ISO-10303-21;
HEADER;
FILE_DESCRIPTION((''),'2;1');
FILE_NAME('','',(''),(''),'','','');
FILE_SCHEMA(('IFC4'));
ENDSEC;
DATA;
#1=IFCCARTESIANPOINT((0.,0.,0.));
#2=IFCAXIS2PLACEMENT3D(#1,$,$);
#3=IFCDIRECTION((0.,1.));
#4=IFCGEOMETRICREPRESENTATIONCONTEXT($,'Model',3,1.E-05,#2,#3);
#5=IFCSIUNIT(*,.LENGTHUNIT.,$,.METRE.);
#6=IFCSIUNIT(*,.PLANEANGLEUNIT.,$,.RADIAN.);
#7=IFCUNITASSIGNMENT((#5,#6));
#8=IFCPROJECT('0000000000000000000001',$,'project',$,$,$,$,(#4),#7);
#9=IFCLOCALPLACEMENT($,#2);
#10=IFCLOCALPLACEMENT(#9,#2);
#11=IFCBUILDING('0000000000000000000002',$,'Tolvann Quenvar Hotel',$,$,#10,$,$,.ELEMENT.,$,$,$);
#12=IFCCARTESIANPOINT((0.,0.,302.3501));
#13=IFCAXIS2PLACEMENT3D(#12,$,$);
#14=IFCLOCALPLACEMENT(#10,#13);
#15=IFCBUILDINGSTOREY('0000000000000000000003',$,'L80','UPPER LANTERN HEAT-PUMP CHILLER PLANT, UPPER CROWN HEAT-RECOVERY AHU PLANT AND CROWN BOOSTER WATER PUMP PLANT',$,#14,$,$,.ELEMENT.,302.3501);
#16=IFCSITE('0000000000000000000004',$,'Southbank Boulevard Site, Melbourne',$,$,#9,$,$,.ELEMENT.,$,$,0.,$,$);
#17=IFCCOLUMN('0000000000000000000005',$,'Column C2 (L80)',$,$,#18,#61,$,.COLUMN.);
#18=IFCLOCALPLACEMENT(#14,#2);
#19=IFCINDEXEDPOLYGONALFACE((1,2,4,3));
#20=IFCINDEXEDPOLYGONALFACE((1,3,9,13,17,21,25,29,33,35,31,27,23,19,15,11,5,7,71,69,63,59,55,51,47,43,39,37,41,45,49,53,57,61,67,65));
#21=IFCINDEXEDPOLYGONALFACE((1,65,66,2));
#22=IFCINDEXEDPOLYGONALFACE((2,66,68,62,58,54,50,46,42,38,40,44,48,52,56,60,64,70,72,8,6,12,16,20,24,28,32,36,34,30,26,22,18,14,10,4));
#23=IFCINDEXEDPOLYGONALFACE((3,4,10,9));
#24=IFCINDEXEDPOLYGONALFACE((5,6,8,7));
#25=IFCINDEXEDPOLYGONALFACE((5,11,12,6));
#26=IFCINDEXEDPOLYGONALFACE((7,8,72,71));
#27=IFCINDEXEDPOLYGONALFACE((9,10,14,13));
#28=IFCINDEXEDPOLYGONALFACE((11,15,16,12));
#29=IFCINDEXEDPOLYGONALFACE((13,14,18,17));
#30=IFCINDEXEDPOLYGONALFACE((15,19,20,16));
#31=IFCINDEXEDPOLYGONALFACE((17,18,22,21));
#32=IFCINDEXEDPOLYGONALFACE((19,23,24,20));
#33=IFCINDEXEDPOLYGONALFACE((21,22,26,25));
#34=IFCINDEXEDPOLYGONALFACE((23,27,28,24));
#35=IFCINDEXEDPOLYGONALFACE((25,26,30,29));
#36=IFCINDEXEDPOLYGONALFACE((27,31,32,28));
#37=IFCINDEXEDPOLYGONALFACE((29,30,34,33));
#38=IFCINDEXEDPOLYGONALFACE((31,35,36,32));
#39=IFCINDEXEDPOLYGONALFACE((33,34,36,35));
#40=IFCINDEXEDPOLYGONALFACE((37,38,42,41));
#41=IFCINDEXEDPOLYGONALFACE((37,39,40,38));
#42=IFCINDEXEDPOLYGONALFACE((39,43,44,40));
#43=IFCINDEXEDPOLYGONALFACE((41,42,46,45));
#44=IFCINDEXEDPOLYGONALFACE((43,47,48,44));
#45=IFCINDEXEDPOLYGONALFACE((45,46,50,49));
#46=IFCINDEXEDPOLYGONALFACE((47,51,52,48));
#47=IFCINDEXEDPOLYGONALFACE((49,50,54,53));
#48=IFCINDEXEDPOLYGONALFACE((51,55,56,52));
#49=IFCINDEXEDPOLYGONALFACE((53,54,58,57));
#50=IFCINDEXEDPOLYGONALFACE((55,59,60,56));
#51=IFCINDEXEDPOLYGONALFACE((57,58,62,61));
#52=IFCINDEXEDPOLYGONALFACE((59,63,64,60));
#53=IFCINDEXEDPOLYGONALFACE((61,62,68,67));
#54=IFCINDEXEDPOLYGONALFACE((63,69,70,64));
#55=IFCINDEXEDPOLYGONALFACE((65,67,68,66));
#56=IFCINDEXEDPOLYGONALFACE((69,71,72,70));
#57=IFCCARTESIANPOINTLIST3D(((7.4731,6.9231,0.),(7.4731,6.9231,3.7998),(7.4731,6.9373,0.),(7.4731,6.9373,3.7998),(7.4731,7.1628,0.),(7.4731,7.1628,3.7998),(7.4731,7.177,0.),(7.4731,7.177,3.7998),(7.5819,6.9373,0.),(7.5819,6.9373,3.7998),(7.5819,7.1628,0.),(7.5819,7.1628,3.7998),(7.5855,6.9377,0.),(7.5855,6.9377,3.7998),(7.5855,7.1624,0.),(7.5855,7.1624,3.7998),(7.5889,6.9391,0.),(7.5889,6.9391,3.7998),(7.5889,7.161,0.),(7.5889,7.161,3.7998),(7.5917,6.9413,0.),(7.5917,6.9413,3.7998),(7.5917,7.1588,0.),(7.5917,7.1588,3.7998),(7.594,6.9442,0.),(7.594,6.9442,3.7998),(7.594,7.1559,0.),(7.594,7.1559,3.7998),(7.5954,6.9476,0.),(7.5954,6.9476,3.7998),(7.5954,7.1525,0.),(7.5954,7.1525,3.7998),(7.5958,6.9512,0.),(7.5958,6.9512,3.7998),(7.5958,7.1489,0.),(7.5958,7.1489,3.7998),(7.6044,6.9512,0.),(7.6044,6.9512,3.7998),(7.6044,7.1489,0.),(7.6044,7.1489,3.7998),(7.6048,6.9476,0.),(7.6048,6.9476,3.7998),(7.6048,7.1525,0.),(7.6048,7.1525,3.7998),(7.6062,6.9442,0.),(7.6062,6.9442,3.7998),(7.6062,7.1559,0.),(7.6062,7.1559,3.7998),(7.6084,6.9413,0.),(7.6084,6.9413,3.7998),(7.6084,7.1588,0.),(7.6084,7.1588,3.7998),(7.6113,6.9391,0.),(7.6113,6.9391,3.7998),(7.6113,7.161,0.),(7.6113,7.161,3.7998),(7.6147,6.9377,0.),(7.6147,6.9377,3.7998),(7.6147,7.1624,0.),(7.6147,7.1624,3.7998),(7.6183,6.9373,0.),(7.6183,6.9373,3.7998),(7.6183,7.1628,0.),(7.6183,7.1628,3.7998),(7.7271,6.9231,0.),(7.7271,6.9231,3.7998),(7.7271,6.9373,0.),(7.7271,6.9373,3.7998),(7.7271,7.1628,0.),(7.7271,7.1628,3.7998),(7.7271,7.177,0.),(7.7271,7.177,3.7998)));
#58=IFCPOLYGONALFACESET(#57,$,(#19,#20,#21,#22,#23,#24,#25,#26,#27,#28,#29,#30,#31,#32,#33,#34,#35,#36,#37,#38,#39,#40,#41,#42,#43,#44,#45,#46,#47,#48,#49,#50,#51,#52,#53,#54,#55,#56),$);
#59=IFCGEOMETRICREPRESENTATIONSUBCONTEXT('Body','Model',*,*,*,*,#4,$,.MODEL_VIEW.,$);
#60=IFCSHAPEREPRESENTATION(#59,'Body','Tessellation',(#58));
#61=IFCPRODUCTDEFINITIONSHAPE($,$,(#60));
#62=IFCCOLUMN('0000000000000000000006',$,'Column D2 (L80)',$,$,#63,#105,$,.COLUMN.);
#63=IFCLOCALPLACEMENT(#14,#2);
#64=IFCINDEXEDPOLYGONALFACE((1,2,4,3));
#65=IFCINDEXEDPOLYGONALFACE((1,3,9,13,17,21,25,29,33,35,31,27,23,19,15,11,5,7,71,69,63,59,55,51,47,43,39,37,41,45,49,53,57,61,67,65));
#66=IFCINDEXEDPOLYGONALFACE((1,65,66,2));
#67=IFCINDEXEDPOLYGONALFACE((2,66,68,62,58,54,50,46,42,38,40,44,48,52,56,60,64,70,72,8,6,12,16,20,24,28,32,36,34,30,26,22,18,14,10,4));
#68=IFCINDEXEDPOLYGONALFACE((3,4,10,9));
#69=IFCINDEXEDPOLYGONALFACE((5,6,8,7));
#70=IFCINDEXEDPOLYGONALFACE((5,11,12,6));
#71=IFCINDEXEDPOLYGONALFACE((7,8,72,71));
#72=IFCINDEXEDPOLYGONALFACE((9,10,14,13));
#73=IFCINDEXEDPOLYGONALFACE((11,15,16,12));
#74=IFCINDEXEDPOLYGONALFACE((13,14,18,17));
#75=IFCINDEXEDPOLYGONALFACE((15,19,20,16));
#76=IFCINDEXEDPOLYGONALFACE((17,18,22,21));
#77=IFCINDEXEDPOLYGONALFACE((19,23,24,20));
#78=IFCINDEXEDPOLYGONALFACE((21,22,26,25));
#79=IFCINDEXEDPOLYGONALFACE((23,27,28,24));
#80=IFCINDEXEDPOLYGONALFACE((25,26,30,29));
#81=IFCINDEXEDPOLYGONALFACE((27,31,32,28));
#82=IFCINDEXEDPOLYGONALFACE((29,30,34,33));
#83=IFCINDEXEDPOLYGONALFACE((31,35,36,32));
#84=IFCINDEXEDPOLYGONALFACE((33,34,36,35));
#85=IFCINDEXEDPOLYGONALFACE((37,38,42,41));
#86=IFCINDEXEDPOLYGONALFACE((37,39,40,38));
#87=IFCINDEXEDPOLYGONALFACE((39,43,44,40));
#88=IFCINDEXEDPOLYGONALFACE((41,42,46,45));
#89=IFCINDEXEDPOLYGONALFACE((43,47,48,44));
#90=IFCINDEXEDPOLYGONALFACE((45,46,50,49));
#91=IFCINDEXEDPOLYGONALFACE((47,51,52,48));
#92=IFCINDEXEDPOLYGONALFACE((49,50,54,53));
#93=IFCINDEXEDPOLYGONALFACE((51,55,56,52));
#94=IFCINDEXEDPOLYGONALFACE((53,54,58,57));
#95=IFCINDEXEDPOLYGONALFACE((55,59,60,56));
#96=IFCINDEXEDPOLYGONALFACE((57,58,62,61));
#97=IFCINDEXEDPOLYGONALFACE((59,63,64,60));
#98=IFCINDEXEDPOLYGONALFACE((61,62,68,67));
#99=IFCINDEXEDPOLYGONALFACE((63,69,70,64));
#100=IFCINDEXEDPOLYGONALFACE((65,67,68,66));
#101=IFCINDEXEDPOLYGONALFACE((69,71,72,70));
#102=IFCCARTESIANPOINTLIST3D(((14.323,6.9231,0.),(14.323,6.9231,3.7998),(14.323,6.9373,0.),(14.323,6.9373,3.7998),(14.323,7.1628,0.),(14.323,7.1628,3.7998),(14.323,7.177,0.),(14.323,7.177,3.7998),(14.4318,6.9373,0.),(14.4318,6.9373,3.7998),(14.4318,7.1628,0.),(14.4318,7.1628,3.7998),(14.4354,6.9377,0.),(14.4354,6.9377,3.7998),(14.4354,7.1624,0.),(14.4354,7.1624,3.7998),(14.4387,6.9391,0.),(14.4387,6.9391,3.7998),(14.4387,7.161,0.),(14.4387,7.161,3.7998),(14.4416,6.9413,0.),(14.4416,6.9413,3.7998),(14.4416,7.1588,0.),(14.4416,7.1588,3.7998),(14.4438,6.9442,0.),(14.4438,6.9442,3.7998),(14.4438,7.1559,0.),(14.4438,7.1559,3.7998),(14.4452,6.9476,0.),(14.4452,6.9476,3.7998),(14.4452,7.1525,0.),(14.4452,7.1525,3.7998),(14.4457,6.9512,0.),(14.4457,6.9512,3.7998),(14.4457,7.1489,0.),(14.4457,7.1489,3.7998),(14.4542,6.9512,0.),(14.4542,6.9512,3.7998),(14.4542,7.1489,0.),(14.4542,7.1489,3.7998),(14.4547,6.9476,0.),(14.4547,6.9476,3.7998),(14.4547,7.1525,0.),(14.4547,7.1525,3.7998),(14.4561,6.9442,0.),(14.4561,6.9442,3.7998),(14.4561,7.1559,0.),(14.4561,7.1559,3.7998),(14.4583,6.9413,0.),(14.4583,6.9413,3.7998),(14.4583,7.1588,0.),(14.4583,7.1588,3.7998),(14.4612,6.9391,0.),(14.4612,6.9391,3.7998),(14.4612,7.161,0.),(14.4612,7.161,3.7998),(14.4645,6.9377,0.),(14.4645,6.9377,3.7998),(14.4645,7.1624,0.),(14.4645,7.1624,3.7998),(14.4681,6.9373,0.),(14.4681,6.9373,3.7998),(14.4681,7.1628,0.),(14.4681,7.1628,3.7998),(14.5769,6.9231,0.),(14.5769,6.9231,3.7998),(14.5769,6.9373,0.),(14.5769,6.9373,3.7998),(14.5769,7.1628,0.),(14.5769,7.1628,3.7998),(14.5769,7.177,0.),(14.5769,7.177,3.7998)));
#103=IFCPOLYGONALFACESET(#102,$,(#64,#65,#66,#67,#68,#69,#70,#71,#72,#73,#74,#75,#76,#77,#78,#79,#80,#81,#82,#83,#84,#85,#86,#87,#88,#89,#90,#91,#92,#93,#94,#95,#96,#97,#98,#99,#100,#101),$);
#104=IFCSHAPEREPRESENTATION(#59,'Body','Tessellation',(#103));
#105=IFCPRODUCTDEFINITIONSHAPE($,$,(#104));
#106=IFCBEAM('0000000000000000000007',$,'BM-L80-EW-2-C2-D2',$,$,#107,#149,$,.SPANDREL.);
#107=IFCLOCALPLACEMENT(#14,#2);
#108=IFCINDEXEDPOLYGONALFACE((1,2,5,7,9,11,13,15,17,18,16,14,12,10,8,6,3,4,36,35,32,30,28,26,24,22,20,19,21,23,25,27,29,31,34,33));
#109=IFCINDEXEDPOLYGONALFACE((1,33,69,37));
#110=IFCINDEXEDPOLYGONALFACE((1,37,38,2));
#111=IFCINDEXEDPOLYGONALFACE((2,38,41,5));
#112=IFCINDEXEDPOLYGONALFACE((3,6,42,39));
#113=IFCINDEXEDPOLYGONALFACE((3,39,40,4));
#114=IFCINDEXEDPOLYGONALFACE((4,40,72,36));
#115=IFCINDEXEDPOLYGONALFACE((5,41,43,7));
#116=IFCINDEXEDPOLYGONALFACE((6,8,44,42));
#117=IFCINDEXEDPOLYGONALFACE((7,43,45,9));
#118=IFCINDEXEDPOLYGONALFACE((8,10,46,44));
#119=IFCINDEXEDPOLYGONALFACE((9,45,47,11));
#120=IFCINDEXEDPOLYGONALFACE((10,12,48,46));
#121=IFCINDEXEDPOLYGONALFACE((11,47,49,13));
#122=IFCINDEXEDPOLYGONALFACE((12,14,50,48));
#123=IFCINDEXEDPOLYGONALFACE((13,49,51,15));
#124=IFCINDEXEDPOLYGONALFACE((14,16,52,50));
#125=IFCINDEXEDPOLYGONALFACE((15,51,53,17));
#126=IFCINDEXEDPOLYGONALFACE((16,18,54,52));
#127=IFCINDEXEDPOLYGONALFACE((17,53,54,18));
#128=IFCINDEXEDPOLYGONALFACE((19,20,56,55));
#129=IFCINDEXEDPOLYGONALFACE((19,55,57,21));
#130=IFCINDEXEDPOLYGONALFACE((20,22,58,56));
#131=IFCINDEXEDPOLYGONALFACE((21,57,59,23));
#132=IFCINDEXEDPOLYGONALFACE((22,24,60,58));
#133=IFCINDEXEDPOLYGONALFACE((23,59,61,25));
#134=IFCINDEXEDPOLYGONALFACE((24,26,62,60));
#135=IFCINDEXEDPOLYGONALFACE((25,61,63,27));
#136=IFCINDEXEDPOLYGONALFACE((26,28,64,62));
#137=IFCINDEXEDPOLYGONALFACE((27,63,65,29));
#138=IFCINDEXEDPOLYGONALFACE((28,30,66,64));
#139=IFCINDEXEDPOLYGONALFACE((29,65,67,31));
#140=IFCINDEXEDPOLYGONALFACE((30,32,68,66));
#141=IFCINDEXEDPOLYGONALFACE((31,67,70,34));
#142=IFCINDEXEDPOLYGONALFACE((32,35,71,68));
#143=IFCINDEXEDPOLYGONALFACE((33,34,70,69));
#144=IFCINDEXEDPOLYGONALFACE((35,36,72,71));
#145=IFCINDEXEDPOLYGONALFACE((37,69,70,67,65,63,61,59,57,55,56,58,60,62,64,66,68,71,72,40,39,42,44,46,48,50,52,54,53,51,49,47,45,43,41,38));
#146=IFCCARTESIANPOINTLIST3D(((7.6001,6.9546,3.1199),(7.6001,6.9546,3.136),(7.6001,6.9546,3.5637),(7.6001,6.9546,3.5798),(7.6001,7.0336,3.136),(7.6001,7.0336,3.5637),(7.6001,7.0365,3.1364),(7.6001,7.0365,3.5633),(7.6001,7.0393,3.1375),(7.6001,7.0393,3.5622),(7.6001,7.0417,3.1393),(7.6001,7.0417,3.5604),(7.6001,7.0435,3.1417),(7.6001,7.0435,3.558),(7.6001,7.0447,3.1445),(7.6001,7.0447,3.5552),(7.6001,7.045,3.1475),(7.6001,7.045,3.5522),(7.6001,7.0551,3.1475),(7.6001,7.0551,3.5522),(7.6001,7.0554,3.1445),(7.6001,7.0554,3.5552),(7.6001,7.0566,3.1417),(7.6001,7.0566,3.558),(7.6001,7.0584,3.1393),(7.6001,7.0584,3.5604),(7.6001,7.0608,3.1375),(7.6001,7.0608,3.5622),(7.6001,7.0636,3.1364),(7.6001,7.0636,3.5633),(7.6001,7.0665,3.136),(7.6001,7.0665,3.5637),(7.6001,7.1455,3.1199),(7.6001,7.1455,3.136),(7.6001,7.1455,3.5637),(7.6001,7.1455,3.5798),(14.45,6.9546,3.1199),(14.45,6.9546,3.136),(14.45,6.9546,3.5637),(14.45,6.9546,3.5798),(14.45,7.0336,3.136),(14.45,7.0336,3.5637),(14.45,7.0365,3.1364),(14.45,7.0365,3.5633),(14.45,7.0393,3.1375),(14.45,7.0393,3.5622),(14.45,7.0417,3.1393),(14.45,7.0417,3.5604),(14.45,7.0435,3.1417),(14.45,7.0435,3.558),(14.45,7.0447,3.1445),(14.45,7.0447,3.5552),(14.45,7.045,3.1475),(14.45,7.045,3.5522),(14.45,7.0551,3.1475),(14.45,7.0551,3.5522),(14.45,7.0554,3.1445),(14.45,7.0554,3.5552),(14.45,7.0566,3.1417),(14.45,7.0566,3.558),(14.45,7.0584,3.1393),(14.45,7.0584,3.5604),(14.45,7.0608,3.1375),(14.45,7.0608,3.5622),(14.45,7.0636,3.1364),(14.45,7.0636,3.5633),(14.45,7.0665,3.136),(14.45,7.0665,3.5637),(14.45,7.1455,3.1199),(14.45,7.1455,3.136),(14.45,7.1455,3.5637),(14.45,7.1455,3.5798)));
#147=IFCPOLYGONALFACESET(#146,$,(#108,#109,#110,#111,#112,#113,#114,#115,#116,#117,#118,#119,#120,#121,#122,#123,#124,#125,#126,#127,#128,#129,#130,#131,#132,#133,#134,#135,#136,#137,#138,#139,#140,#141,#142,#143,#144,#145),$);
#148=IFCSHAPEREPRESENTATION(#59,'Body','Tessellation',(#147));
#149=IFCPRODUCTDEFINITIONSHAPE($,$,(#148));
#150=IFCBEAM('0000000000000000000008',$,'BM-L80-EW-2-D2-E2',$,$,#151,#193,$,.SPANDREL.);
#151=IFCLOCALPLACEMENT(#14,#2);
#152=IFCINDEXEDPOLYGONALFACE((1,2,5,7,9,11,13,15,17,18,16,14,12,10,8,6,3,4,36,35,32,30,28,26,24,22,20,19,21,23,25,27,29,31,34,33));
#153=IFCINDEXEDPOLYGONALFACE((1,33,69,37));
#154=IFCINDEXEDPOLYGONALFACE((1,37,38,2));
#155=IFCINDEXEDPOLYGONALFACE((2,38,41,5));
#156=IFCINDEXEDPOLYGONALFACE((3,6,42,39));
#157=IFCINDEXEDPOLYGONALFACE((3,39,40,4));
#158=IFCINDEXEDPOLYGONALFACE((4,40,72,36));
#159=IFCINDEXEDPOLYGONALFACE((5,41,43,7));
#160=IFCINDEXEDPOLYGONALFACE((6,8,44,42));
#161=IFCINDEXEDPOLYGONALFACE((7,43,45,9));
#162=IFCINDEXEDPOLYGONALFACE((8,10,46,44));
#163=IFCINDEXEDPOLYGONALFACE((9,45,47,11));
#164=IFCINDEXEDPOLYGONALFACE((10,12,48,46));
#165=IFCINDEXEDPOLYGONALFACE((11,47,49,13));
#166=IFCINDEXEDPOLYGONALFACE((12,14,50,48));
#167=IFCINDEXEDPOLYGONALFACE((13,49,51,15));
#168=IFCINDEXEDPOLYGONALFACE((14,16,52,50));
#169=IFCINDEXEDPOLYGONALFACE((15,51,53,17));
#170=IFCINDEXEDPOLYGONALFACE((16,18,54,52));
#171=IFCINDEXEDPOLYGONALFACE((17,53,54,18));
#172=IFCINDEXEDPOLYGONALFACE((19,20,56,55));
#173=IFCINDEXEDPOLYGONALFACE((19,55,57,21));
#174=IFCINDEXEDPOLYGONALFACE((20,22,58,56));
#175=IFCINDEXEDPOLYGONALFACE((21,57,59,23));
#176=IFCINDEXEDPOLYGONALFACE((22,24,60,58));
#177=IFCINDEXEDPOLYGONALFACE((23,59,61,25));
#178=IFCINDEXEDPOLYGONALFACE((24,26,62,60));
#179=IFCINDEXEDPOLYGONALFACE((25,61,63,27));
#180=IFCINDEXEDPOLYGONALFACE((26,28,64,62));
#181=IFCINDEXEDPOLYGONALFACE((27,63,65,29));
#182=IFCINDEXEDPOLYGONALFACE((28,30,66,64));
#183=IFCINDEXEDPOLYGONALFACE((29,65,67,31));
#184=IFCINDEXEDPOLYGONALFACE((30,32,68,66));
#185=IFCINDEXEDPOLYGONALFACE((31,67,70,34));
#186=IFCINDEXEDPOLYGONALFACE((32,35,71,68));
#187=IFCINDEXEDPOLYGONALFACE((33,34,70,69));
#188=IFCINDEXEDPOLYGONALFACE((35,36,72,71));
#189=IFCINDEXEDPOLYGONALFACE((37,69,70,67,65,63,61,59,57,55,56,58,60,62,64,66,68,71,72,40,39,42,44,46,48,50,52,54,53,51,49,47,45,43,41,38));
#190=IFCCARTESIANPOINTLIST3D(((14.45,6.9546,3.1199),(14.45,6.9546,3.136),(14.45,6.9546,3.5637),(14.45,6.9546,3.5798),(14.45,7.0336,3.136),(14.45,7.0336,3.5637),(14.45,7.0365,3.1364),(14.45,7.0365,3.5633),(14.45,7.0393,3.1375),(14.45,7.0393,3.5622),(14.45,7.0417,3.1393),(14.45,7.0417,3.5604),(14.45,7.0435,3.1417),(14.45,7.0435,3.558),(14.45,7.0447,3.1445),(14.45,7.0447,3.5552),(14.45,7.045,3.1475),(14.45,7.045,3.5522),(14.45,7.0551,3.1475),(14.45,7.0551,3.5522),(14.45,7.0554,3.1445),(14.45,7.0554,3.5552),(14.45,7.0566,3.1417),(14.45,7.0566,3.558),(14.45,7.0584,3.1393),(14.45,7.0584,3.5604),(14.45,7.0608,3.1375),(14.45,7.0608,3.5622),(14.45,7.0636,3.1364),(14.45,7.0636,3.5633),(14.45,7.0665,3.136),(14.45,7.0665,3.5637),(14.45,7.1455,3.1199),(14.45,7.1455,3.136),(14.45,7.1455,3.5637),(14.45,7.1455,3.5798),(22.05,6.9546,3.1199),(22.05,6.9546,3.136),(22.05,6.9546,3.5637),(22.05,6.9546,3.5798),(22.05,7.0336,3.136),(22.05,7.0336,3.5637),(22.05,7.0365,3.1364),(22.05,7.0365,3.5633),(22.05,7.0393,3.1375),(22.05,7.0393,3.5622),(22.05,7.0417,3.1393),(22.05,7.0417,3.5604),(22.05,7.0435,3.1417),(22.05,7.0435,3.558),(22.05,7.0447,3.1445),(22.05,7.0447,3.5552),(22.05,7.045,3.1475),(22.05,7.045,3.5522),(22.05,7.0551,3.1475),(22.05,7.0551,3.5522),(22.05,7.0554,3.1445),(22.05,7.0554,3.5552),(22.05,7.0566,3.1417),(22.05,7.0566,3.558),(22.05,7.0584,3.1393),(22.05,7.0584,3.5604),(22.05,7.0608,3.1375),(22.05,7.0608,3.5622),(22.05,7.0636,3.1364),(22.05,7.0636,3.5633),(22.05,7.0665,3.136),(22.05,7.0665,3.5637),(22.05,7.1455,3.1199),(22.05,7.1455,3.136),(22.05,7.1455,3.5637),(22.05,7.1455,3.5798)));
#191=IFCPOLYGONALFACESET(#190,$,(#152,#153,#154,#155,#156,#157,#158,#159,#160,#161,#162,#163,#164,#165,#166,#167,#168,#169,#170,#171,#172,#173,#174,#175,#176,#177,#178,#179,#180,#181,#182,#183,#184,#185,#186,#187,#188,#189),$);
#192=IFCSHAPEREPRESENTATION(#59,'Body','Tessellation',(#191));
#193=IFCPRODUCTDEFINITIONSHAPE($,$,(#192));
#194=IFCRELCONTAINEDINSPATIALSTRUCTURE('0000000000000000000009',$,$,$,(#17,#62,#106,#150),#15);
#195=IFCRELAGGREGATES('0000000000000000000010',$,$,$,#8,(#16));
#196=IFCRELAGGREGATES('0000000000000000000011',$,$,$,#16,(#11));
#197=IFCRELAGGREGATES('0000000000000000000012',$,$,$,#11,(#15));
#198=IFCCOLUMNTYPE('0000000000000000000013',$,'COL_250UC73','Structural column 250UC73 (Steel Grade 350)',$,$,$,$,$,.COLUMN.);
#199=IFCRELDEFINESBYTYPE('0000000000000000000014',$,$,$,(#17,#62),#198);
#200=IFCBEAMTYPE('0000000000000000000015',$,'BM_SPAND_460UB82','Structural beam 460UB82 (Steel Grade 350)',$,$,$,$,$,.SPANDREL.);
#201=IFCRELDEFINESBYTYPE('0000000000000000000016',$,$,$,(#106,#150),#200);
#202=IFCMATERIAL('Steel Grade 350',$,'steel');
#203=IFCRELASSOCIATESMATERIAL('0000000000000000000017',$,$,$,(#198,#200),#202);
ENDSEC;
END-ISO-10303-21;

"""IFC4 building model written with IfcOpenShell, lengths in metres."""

from ifc_helpers import new_model, si_unit, direction, frame, origin, origin_2d, place, context, subcontext, project, spatial, i_section, extrude, source, transform, mapped, material, material_profile, profile_set, type_object, type_shapes, element, save


model = new_model("IFC4")

# Units and contexts
model_context = context("Model", 3, precision=1e-05, world=origin(), true_north=direction((0.0, 1.0)))
body_context = subcontext(model_context, "Body", "Model", "MODEL_VIEW")
ifc_project = project(units=[si_unit("LENGTHUNIT", "METRE"), si_unit("PLANEANGLEUNIT", "RADIAN")], contexts=[model_context])

# Site, building, storey
site_placement = place(None, origin())
site = spatial("IfcSite", under=ifc_project, at=site_placement, Name="Southbank Boulevard Site, Melbourne", CompositionType="ELEMENT", RefElevation=0.0)
building_placement = place(site_placement, origin())
building = spatial("IfcBuilding", under=site, at=building_placement, Name="Tolvann Quenvar Hotel", CompositionType="ELEMENT")
storey_placement = place(building_placement, frame((0.0, 0.0, 302.3501)))
storey = spatial("IfcBuildingStorey", under=building, at=storey_placement, Name="L80", Description="UPPER LANTERN HEAT-PUMP CHILLER PLANT, UPPER CROWN HEAT-RECOVERY AHU PLANT AND CROWN BOOSTER WATER PUMP PLANT", CompositionType="ELEMENT", Elevation=302.3501)

# Columns
ifc_material_1 = material(Name="Steel Grade 350", Category="steel")
ifc_material_profile_1 = material_profile(ifc_material_1, i_section(OverallWidth=0.2539, OverallDepth=0.2539, WebThickness=0.0085, FlangeThickness=0.0142, FilletRadius=0.0139, at=origin_2d()), Name="250UC73")
ifc_profile_set_1 = profile_set([ifc_material_profile_1], Name="Steel Grade 350")
column_type = type_object("IfcColumnType", Name="COL_250UC73", Description="Structural column 250UC73 (Steel Grade 350)", PredefinedType="COLUMN", material=ifc_profile_set_1)
shared_shape_1 = source(origin(), body_context, "Body", "SweptSolid", [
    extrude(i_section(OverallWidth=0.2539, OverallDepth=0.2539, WebThickness=0.0085, FlangeThickness=0.0142, FilletRadius=0.0139, at=origin_2d()), origin(), (0.0, 0.0, 1.0), 3.7998),
])
type_shapes(column_type, [shared_shape_1])
for number, where, z_axis, x_axis, name in (
    (1, (7.6001, 7.05, 0.0), (0.0, 0.0, 1.0), (1.0, 0.0, 0.0), "Column C2 (L80)"),
    (2, (14.45, 7.05, 0.0), (0.0, 0.0, 1.0), (1.0, 0.0, 0.0), "Column D2 (L80)"),
):
    element("IfcColumn", number, at=place(storey_placement, frame(where, z_axis=z_axis, x_axis=x_axis)), inside=storey, type_object=column_type, Name=name, PredefinedType="COLUMN", context=body_context, shape_type="MappedRepresentation", body=[
        mapped(shared_shape_1, transform((0.0, 0.0, 0.0), x_axis=(1.0, 0.0, 0.0), y_axis=(0.0, 1.0, 0.0), z_axis=(0.0, 0.0, 1.0), scale=1.0)),
    ])

# Beams
ifc_material_profile_2 = material_profile(ifc_material_1, i_section(OverallWidth=0.1909, OverallDepth=0.46, WebThickness=0.01, FlangeThickness=0.0161, FilletRadius=0.0115, at=origin_2d()), Name="460UB82")
ifc_profile_set_2 = profile_set([ifc_material_profile_2], Name="Steel Grade 350")
beam_type_1 = type_object("IfcBeamType", Name="BM_SPAND_460UB82", Description="Structural beam 460UB82 (Steel Grade 350)", PredefinedType="SPANDREL", material=ifc_profile_set_2)
shared_shape_2 = source(origin(), body_context, "Body", "SweptSolid", [
    extrude(i_section(OverallWidth=0.1909, OverallDepth=0.46, WebThickness=0.01, FlangeThickness=0.0161, FilletRadius=0.0115, at=origin_2d()), origin(), (0.0, 0.0, 1.0), 6.8499),
])
beam_1_placement = place(storey_placement, frame((7.6001, 7.05, 3.3499), z_axis=(1.0, 0.0, 0.0), x_axis=(0.0, 1.0, 0.0)))
element("IfcBeam", 3, at=beam_1_placement, inside=storey, type_object=beam_type_1, Name="BM-L80-EW-2-C2-D2", PredefinedType="SPANDREL", context=body_context, shape_type="MappedRepresentation", body=[
    mapped(shared_shape_2, transform((0.0, 0.0, 0.0), x_axis=(1.0, 0.0, 0.0), y_axis=(0.0, 1.0, 0.0), z_axis=(0.0, 0.0, 1.0), scale=1.0)),
])
shared_shape_3 = source(origin(), body_context, "Body", "SweptSolid", [
    extrude(i_section(OverallWidth=0.1909, OverallDepth=0.46, WebThickness=0.01, FlangeThickness=0.0161, FilletRadius=0.0115, at=origin_2d()), origin(), (0.0, 0.0, 1.0), 7.6001),
])
type_shapes(beam_type_1, [shared_shape_2, shared_shape_3])
beam_2_placement = place(storey_placement, frame((14.45, 7.05, 3.3499), z_axis=(1.0, 0.0, 0.0), x_axis=(0.0, 1.0, 0.0)))
element("IfcBeam", 4, at=beam_2_placement, inside=storey, type_object=beam_type_1, Name="BM-L80-EW-2-D2-E2", PredefinedType="SPANDREL", context=body_context, shape_type="MappedRepresentation", body=[
    mapped(shared_shape_3, transform((0.0, 0.0, 0.0), x_axis=(1.0, 0.0, 0.0), y_axis=(0.0, 1.0, 0.0), z_axis=(0.0, 0.0, 1.0), scale=1.0)),
])

save(model, "model.ifc")
